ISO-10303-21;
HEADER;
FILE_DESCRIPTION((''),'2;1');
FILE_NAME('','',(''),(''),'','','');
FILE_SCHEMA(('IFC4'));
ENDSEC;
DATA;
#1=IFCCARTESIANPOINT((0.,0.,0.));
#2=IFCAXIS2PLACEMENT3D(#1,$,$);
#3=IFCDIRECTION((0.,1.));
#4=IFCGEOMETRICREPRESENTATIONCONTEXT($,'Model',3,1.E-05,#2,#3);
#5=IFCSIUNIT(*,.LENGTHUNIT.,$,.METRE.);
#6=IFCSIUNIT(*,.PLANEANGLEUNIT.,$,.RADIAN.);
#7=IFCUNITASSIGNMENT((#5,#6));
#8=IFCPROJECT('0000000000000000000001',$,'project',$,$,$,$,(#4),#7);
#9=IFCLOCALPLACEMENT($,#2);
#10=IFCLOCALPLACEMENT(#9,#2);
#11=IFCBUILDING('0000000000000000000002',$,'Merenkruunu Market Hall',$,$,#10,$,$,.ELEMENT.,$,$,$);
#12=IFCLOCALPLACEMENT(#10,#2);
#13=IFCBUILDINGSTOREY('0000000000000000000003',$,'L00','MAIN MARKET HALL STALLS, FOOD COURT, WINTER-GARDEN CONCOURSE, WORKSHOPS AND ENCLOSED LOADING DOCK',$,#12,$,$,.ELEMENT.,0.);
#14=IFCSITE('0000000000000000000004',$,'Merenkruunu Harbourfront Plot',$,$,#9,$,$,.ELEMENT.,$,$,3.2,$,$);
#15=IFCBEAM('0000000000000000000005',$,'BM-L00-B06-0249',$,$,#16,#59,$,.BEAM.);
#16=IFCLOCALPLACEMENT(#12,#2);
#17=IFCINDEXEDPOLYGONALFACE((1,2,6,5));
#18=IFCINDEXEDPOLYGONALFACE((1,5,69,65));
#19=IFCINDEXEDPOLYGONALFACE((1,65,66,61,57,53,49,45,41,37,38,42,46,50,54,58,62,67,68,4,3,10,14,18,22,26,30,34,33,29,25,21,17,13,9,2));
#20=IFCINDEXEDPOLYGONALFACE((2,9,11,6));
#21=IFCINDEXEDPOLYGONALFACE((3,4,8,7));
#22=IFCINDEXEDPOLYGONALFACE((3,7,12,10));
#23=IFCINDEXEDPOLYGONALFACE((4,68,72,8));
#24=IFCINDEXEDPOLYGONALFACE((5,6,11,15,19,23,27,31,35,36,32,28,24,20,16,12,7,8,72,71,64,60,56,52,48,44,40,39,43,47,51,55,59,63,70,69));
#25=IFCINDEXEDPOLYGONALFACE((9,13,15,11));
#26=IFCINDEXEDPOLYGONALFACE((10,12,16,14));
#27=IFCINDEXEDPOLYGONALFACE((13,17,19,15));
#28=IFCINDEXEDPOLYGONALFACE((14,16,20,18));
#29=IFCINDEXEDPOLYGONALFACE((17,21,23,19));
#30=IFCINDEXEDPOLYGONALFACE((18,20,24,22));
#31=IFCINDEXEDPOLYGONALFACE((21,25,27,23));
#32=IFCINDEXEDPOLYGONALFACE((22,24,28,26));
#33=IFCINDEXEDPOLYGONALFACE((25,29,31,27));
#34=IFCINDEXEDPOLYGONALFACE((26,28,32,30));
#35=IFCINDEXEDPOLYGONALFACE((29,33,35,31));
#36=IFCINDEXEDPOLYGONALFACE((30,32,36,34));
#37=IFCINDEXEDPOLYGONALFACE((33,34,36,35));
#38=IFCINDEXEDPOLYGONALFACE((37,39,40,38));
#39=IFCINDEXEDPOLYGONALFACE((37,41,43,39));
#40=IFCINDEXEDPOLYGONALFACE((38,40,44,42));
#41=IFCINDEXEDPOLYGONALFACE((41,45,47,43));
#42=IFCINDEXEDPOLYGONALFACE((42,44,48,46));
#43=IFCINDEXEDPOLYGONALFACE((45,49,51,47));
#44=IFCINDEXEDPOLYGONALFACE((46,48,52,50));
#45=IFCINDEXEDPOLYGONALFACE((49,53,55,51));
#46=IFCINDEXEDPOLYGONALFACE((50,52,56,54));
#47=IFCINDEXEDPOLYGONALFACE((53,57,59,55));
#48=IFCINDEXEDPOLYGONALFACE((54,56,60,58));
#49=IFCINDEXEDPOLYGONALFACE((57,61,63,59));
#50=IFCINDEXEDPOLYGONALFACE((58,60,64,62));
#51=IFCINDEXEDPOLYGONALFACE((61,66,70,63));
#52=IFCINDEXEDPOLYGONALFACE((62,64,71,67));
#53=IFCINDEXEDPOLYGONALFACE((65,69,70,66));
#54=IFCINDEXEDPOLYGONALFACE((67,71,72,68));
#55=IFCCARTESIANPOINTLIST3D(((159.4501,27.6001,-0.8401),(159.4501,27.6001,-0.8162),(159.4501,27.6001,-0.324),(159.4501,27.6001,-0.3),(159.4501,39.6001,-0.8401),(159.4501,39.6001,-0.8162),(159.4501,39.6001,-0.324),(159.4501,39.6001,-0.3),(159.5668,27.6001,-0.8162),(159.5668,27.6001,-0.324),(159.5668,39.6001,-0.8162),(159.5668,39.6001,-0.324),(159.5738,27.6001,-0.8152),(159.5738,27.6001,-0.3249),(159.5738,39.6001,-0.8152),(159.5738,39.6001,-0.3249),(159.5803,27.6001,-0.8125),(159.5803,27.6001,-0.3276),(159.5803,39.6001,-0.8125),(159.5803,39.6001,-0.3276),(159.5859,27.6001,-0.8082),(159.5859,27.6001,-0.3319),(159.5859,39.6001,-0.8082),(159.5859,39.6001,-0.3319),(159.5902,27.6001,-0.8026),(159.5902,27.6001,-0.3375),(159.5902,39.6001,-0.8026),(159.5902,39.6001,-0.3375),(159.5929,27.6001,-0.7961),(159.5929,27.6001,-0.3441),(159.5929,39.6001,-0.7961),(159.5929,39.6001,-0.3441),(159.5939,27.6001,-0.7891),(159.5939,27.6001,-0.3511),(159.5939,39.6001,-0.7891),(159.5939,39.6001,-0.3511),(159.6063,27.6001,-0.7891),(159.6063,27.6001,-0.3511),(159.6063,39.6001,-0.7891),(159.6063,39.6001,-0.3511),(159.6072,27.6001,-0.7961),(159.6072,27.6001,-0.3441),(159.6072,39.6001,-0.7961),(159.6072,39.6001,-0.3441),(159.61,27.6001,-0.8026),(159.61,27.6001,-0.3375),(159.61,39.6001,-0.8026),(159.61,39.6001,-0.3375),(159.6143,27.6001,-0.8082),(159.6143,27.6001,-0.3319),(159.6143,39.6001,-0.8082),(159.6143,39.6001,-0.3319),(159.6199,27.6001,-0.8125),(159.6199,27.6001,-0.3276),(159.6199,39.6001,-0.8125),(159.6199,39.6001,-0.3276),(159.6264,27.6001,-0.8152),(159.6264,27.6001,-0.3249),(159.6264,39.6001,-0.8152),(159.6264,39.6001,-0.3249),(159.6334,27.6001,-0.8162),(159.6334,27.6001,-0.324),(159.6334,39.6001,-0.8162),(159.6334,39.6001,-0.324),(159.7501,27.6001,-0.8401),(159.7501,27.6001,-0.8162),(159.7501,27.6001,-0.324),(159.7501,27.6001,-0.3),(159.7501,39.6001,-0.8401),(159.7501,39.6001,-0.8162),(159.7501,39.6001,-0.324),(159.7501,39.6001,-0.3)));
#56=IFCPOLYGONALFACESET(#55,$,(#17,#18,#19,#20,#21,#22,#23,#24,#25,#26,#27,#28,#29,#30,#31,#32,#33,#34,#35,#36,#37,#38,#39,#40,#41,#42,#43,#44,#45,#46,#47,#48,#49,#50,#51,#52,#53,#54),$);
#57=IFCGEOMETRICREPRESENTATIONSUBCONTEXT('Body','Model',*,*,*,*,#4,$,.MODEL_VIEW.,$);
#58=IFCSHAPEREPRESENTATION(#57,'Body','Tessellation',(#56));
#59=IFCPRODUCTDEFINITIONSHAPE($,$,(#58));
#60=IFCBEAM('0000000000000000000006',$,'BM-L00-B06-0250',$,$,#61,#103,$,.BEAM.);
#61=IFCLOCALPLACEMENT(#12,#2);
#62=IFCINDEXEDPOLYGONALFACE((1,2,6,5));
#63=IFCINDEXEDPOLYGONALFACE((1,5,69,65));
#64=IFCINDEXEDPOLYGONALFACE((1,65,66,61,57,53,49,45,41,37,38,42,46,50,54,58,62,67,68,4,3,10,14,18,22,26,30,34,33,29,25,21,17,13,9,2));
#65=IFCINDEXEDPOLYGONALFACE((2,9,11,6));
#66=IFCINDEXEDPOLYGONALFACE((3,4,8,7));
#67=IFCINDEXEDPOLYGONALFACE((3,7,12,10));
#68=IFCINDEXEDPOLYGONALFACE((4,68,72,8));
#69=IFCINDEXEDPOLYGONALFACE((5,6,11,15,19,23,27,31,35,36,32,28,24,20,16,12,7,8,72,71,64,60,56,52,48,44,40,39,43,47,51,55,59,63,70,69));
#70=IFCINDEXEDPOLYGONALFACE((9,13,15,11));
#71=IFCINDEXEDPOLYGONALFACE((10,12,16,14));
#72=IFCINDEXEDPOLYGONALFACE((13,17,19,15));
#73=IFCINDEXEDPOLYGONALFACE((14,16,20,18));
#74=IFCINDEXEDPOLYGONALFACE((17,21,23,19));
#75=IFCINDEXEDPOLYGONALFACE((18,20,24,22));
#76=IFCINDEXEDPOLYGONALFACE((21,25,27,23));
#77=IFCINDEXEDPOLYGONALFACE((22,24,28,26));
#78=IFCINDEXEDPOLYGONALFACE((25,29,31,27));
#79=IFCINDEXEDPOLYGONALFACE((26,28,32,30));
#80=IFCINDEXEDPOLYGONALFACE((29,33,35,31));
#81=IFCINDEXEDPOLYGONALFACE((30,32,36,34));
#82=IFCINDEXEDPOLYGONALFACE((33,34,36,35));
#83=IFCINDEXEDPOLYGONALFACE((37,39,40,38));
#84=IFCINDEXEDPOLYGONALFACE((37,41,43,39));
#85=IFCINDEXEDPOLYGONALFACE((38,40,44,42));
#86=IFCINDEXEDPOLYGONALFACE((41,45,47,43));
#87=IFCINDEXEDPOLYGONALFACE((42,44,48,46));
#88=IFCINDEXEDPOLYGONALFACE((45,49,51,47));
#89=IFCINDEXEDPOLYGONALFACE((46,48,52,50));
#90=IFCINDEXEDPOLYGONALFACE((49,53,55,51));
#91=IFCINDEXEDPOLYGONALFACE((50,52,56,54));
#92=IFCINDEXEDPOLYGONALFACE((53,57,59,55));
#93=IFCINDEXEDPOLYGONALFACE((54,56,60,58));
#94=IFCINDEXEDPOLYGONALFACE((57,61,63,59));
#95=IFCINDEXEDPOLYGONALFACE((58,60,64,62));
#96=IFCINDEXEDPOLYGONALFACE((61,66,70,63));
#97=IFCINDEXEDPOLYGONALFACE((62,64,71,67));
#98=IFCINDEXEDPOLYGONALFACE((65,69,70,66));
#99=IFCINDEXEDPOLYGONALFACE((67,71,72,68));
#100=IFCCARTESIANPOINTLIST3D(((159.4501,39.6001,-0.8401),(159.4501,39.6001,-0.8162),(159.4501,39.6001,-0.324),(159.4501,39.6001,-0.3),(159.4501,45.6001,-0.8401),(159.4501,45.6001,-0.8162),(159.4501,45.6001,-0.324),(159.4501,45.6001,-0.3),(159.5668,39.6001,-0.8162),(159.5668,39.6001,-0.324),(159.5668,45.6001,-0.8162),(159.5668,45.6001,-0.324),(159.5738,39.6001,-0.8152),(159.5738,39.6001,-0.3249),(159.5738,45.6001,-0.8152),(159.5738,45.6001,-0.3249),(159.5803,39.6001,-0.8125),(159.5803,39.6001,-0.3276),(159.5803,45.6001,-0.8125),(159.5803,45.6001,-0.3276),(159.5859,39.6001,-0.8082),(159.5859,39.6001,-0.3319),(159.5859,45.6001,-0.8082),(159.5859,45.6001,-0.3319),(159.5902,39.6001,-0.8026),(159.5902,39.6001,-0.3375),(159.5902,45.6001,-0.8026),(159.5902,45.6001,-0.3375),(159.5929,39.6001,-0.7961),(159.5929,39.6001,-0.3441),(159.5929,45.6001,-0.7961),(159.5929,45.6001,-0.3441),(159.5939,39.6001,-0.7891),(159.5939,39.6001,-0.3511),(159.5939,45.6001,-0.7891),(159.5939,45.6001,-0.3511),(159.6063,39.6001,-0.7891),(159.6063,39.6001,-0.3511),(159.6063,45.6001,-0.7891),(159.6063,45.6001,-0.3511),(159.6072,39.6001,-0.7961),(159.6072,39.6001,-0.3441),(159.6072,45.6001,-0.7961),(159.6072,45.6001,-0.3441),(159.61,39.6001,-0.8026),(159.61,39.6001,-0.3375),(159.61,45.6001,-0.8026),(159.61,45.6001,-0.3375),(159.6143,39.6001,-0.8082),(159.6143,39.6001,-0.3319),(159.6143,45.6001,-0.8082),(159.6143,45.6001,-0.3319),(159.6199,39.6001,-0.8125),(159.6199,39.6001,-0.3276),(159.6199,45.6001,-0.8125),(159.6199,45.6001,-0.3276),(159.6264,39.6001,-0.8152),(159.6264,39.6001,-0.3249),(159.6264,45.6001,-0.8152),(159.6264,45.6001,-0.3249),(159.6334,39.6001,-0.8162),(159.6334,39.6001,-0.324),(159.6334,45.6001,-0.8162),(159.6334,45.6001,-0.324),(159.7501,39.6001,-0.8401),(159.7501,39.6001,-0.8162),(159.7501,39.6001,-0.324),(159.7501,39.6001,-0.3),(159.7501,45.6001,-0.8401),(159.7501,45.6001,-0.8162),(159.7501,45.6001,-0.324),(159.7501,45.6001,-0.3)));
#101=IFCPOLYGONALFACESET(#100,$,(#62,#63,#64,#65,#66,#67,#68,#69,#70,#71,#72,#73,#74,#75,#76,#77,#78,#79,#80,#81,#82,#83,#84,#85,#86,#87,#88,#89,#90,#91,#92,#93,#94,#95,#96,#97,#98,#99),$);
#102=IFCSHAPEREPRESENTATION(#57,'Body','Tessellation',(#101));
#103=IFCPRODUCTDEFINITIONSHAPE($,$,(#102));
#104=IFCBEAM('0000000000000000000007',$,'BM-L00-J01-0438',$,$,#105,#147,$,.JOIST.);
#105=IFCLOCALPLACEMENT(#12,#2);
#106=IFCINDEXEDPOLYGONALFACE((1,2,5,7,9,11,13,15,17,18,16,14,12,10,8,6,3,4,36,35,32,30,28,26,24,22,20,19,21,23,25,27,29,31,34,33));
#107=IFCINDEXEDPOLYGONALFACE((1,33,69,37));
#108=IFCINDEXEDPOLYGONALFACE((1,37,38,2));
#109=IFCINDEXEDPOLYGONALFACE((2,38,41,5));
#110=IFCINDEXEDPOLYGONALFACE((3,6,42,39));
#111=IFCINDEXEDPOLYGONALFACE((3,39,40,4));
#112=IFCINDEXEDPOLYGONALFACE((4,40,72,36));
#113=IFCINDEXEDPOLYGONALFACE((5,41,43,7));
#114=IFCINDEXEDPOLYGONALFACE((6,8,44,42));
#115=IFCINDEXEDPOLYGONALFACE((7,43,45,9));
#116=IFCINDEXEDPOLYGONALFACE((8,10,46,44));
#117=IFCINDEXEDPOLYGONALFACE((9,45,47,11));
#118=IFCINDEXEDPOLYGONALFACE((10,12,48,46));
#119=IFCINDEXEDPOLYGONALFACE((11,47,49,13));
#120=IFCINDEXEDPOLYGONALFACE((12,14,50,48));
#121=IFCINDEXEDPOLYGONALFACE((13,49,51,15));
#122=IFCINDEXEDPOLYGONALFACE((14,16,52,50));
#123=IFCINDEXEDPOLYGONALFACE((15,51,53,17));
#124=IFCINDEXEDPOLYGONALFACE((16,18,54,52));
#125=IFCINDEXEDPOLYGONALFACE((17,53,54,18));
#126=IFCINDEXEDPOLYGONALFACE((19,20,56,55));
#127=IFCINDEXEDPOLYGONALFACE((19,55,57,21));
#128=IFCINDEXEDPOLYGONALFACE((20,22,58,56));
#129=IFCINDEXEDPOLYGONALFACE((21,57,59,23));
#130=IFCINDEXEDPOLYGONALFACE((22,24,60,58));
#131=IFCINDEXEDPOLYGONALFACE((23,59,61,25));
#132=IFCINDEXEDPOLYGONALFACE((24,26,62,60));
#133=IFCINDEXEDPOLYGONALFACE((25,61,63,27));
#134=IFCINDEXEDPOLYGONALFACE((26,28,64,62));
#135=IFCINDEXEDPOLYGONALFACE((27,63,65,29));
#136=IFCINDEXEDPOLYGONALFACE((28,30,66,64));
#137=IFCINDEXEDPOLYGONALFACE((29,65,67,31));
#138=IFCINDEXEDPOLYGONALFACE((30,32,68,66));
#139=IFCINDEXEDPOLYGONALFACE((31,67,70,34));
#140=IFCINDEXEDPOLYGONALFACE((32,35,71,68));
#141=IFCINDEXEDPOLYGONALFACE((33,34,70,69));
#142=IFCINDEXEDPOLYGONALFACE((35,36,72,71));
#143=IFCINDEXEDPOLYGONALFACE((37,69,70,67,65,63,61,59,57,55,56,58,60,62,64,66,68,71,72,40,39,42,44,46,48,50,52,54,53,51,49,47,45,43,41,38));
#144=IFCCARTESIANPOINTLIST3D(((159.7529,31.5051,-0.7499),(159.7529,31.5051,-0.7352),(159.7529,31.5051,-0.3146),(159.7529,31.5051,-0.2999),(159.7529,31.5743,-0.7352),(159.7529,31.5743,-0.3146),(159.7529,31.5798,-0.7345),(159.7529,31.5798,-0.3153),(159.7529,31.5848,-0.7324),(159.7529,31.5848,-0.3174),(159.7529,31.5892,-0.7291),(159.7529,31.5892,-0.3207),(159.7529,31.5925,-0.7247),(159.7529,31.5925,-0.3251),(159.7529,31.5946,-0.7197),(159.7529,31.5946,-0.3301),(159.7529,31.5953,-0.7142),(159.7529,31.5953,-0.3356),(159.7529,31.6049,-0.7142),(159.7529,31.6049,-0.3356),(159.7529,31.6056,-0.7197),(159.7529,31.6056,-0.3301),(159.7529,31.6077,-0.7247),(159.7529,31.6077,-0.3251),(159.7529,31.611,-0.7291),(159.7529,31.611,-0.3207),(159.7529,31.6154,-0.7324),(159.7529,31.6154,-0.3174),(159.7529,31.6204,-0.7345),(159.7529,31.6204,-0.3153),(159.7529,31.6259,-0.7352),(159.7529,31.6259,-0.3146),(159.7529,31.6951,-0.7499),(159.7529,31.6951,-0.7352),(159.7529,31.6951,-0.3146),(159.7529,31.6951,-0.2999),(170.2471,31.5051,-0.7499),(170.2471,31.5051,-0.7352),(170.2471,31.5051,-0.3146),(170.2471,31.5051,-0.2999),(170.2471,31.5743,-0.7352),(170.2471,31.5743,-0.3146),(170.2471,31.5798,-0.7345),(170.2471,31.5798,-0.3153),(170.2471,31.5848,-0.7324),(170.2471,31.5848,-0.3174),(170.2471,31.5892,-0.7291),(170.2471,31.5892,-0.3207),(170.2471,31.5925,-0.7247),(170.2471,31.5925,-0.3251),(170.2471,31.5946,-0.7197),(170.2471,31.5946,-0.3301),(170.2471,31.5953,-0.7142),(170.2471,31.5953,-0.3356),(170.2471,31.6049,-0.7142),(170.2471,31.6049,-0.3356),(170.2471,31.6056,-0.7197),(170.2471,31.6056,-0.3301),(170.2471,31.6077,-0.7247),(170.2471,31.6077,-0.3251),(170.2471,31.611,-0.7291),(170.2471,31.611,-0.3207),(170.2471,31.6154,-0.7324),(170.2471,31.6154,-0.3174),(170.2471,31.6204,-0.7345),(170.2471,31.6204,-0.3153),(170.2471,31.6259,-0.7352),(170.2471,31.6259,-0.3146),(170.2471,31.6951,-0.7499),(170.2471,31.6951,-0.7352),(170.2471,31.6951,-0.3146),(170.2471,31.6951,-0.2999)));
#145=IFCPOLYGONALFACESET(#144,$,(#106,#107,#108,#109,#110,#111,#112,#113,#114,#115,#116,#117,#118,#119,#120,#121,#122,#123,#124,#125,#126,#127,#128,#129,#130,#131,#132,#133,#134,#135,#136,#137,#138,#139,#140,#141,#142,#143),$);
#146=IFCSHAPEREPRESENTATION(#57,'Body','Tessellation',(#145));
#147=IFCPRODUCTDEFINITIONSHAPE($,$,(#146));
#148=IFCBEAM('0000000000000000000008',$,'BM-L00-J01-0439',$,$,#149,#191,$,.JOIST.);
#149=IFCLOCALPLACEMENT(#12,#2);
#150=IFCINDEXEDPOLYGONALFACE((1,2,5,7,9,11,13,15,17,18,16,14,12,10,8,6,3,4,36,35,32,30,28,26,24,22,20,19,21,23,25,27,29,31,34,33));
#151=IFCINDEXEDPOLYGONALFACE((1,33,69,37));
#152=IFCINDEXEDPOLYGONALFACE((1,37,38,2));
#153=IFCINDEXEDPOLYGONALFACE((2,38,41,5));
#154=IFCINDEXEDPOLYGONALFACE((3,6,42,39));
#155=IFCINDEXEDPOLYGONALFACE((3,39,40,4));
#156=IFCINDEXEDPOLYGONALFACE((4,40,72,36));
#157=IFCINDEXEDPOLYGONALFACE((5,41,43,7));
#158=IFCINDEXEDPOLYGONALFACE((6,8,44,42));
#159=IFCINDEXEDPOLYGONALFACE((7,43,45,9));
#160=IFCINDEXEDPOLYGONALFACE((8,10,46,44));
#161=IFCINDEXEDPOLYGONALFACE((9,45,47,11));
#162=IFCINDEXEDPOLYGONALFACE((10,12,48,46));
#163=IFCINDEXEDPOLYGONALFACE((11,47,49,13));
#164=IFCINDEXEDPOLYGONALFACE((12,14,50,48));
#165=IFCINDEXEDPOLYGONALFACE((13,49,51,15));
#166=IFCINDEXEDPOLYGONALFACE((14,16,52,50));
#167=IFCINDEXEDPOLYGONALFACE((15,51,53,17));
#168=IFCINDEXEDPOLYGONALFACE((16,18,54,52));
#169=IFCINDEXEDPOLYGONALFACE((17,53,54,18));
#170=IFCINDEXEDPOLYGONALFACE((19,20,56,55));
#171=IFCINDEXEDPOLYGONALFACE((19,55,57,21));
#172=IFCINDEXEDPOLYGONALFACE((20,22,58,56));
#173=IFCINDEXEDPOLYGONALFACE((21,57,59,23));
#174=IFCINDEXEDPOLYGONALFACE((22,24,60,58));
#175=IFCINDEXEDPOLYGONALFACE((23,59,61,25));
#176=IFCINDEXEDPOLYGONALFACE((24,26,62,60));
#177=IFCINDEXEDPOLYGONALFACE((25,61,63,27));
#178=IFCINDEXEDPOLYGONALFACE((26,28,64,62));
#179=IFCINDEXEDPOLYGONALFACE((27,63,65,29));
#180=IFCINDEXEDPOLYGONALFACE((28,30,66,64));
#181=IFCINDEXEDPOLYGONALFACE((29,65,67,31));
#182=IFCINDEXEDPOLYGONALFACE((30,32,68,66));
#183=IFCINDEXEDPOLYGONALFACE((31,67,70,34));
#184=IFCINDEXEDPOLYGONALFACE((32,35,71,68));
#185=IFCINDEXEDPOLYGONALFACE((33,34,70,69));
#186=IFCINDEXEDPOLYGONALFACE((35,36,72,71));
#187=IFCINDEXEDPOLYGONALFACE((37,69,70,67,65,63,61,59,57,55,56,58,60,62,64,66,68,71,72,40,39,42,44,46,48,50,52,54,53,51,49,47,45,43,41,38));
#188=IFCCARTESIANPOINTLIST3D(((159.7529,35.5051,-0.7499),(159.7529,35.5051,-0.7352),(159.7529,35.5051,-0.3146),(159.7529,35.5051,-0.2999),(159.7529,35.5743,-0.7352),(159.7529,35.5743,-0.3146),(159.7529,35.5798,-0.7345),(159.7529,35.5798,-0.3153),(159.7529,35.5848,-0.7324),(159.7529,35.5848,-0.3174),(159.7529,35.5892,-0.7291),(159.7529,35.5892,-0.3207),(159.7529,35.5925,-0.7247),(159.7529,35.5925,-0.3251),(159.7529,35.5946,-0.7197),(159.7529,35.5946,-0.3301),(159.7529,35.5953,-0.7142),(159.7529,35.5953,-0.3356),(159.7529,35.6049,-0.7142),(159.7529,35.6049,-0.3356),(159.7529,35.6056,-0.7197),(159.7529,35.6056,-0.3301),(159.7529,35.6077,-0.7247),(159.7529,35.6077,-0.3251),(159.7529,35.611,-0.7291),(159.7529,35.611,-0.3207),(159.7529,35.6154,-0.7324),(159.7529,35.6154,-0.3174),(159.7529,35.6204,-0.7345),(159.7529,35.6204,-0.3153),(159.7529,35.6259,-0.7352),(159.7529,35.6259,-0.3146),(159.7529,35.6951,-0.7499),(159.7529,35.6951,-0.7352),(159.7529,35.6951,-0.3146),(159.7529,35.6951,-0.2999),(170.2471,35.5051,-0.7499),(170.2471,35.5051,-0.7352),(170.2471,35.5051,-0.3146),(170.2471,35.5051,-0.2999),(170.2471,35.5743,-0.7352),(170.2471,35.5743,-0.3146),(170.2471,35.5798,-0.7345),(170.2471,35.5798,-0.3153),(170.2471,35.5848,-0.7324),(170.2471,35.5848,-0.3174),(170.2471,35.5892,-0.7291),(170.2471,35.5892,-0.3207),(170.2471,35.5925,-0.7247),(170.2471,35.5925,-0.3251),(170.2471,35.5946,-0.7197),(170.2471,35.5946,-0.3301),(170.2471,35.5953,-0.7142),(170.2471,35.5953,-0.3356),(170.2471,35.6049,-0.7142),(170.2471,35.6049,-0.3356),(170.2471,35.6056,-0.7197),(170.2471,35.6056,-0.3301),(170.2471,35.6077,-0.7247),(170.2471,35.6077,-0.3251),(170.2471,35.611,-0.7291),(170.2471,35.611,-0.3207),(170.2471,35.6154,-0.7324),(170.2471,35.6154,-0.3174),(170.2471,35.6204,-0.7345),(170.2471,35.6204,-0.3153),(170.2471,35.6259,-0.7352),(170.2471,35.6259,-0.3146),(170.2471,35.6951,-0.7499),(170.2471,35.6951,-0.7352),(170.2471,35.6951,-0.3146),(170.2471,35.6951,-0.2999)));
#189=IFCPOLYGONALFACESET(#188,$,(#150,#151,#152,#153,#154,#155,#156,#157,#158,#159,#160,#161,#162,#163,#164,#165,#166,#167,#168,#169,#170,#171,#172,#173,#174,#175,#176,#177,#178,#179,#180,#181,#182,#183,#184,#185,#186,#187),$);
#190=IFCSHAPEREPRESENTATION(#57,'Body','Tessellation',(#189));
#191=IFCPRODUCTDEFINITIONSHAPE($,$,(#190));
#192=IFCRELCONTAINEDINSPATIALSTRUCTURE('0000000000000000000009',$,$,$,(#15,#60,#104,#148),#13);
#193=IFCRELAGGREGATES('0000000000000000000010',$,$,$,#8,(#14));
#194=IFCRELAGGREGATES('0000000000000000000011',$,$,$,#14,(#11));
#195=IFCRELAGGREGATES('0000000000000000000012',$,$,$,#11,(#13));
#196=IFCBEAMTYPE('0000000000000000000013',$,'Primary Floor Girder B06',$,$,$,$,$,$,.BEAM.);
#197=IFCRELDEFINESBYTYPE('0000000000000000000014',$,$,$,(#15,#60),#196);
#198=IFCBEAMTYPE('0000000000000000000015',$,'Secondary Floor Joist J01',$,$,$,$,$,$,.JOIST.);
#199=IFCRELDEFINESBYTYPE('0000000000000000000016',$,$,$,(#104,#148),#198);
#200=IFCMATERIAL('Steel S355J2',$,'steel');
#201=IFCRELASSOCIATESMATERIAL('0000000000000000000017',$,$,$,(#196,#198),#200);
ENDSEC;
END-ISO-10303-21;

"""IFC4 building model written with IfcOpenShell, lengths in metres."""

from ifc_helpers import new_model, si_unit, direction, frame, origin, origin_2d, place, context, subcontext, project, spatial, i_section, extrude, material, material_profile, profile_set, type_object, element, save


model = new_model("IFC4")

# Units and contexts
model_context = context("Model", 3, precision=1e-05, world=origin(), true_north=direction((0.0, 1.0)))
body_context = subcontext(model_context, "Body", "Model", "MODEL_VIEW")
ifc_project = project(units=[si_unit("LENGTHUNIT", "METRE"), si_unit("PLANEANGLEUNIT", "RADIAN")], contexts=[model_context])

# Site, building, storey
site_placement = place(None, origin())
site = spatial("IfcSite", under=ifc_project, at=site_placement, Name="Merenkruunu Harbourfront Plot", CompositionType="ELEMENT", RefElevation=3.2)
building_placement = place(site_placement, origin())
building = spatial("IfcBuilding", under=site, at=building_placement, Name="Merenkruunu Market Hall", CompositionType="ELEMENT")
storey_placement = place(building_placement, origin())
storey = spatial("IfcBuildingStorey", under=building, at=storey_placement, Name="L00", Description="MAIN MARKET HALL STALLS, FOOD COURT, WINTER-GARDEN CONCOURSE, WORKSHOPS AND ENCLOSED LOADING DOCK", CompositionType="ELEMENT", Elevation=0.0)

# Shared definitions
ifc_material_1 = material(Name="Steel S355J2", Category="steel")

# Beams
ifc_material_profile_1 = material_profile(ifc_material_1, i_section(OverallWidth=0.3, OverallDepth=0.54, WebThickness=0.0125, FlangeThickness=0.0239, FilletRadius=0.0271, at=origin_2d()), Name="HEA 550")
ifc_profile_set_1 = profile_set([ifc_material_profile_1], Name="Steel S355J2")
beam_type_1 = type_object("IfcBeamType", Name="Primary Floor Girder B06", PredefinedType="BEAM", material=ifc_profile_set_1)
beam_1_placement = place(storey_placement, frame((159.6001, 27.6001, -0.5701), z_axis=(0.0, 1.0, 0.0), x_axis=(-1.0, 0.0, 0.0)))
element("IfcBeam", 1, at=beam_1_placement, inside=storey, type_object=beam_type_1, Name="BM-L00-B06-0249", PredefinedType="BEAM", context=body_context, shape_type="SweptSolid", body=[
    extrude(i_section(OverallWidth=0.3, OverallDepth=0.54, WebThickness=0.0125, FlangeThickness=0.0239, FilletRadius=0.0271, at=origin_2d()), origin(), (0.0, 0.0, 1.0), 12.0),
])
beam_2_placement = place(storey_placement, frame((159.6001, 39.6001, -0.5701), z_axis=(0.0, 1.0, 0.0), x_axis=(-1.0, 0.0, 0.0)))
element("IfcBeam", 2, at=beam_2_placement, inside=storey, type_object=beam_type_1, Name="BM-L00-B06-0250", PredefinedType="BEAM", context=body_context, shape_type="SweptSolid", body=[
    extrude(i_section(OverallWidth=0.3, OverallDepth=0.54, WebThickness=0.0125, FlangeThickness=0.0239, FilletRadius=0.0271, at=origin_2d()), origin(), (0.0, 0.0, 1.0), 6.0),
])
ifc_material_profile_2 = material_profile(ifc_material_1, i_section(OverallWidth=0.1899, OverallDepth=0.45, WebThickness=0.0095, FlangeThickness=0.0146, FilletRadius=0.021, at=origin_2d()), Name="IPE 450")
ifc_profile_set_2 = profile_set([ifc_material_profile_2], Name="Steel S355J2")
beam_type_2 = type_object("IfcBeamType", Name="Secondary Floor Joist J01", PredefinedType="JOIST", material=ifc_profile_set_2)
for number, where, z_axis, x_axis, name in (
    (3, (159.7529, 31.6001, -0.5249), (1.0, 0.0, 0.0), (0.0, 1.0, 0.0), "BM-L00-J01-0438"),
    (4, (159.7529, 35.6001, -0.5249), (1.0, 0.0, 0.0), (0.0, 1.0, 0.0), "BM-L00-J01-0439"),
):
    element("IfcBeam", number, at=place(storey_placement, frame(where, z_axis=z_axis, x_axis=x_axis)), inside=storey, type_object=beam_type_2, Name=name, PredefinedType="JOIST", context=body_context, shape_type="SweptSolid", body=[
        extrude(i_section(OverallWidth=0.1899, OverallDepth=0.45, WebThickness=0.0095, FlangeThickness=0.0146, FilletRadius=0.021, at=origin_2d()), origin(), (0.0, 0.0, 1.0), 10.4941),
    ])

save(model, "model.ifc")
